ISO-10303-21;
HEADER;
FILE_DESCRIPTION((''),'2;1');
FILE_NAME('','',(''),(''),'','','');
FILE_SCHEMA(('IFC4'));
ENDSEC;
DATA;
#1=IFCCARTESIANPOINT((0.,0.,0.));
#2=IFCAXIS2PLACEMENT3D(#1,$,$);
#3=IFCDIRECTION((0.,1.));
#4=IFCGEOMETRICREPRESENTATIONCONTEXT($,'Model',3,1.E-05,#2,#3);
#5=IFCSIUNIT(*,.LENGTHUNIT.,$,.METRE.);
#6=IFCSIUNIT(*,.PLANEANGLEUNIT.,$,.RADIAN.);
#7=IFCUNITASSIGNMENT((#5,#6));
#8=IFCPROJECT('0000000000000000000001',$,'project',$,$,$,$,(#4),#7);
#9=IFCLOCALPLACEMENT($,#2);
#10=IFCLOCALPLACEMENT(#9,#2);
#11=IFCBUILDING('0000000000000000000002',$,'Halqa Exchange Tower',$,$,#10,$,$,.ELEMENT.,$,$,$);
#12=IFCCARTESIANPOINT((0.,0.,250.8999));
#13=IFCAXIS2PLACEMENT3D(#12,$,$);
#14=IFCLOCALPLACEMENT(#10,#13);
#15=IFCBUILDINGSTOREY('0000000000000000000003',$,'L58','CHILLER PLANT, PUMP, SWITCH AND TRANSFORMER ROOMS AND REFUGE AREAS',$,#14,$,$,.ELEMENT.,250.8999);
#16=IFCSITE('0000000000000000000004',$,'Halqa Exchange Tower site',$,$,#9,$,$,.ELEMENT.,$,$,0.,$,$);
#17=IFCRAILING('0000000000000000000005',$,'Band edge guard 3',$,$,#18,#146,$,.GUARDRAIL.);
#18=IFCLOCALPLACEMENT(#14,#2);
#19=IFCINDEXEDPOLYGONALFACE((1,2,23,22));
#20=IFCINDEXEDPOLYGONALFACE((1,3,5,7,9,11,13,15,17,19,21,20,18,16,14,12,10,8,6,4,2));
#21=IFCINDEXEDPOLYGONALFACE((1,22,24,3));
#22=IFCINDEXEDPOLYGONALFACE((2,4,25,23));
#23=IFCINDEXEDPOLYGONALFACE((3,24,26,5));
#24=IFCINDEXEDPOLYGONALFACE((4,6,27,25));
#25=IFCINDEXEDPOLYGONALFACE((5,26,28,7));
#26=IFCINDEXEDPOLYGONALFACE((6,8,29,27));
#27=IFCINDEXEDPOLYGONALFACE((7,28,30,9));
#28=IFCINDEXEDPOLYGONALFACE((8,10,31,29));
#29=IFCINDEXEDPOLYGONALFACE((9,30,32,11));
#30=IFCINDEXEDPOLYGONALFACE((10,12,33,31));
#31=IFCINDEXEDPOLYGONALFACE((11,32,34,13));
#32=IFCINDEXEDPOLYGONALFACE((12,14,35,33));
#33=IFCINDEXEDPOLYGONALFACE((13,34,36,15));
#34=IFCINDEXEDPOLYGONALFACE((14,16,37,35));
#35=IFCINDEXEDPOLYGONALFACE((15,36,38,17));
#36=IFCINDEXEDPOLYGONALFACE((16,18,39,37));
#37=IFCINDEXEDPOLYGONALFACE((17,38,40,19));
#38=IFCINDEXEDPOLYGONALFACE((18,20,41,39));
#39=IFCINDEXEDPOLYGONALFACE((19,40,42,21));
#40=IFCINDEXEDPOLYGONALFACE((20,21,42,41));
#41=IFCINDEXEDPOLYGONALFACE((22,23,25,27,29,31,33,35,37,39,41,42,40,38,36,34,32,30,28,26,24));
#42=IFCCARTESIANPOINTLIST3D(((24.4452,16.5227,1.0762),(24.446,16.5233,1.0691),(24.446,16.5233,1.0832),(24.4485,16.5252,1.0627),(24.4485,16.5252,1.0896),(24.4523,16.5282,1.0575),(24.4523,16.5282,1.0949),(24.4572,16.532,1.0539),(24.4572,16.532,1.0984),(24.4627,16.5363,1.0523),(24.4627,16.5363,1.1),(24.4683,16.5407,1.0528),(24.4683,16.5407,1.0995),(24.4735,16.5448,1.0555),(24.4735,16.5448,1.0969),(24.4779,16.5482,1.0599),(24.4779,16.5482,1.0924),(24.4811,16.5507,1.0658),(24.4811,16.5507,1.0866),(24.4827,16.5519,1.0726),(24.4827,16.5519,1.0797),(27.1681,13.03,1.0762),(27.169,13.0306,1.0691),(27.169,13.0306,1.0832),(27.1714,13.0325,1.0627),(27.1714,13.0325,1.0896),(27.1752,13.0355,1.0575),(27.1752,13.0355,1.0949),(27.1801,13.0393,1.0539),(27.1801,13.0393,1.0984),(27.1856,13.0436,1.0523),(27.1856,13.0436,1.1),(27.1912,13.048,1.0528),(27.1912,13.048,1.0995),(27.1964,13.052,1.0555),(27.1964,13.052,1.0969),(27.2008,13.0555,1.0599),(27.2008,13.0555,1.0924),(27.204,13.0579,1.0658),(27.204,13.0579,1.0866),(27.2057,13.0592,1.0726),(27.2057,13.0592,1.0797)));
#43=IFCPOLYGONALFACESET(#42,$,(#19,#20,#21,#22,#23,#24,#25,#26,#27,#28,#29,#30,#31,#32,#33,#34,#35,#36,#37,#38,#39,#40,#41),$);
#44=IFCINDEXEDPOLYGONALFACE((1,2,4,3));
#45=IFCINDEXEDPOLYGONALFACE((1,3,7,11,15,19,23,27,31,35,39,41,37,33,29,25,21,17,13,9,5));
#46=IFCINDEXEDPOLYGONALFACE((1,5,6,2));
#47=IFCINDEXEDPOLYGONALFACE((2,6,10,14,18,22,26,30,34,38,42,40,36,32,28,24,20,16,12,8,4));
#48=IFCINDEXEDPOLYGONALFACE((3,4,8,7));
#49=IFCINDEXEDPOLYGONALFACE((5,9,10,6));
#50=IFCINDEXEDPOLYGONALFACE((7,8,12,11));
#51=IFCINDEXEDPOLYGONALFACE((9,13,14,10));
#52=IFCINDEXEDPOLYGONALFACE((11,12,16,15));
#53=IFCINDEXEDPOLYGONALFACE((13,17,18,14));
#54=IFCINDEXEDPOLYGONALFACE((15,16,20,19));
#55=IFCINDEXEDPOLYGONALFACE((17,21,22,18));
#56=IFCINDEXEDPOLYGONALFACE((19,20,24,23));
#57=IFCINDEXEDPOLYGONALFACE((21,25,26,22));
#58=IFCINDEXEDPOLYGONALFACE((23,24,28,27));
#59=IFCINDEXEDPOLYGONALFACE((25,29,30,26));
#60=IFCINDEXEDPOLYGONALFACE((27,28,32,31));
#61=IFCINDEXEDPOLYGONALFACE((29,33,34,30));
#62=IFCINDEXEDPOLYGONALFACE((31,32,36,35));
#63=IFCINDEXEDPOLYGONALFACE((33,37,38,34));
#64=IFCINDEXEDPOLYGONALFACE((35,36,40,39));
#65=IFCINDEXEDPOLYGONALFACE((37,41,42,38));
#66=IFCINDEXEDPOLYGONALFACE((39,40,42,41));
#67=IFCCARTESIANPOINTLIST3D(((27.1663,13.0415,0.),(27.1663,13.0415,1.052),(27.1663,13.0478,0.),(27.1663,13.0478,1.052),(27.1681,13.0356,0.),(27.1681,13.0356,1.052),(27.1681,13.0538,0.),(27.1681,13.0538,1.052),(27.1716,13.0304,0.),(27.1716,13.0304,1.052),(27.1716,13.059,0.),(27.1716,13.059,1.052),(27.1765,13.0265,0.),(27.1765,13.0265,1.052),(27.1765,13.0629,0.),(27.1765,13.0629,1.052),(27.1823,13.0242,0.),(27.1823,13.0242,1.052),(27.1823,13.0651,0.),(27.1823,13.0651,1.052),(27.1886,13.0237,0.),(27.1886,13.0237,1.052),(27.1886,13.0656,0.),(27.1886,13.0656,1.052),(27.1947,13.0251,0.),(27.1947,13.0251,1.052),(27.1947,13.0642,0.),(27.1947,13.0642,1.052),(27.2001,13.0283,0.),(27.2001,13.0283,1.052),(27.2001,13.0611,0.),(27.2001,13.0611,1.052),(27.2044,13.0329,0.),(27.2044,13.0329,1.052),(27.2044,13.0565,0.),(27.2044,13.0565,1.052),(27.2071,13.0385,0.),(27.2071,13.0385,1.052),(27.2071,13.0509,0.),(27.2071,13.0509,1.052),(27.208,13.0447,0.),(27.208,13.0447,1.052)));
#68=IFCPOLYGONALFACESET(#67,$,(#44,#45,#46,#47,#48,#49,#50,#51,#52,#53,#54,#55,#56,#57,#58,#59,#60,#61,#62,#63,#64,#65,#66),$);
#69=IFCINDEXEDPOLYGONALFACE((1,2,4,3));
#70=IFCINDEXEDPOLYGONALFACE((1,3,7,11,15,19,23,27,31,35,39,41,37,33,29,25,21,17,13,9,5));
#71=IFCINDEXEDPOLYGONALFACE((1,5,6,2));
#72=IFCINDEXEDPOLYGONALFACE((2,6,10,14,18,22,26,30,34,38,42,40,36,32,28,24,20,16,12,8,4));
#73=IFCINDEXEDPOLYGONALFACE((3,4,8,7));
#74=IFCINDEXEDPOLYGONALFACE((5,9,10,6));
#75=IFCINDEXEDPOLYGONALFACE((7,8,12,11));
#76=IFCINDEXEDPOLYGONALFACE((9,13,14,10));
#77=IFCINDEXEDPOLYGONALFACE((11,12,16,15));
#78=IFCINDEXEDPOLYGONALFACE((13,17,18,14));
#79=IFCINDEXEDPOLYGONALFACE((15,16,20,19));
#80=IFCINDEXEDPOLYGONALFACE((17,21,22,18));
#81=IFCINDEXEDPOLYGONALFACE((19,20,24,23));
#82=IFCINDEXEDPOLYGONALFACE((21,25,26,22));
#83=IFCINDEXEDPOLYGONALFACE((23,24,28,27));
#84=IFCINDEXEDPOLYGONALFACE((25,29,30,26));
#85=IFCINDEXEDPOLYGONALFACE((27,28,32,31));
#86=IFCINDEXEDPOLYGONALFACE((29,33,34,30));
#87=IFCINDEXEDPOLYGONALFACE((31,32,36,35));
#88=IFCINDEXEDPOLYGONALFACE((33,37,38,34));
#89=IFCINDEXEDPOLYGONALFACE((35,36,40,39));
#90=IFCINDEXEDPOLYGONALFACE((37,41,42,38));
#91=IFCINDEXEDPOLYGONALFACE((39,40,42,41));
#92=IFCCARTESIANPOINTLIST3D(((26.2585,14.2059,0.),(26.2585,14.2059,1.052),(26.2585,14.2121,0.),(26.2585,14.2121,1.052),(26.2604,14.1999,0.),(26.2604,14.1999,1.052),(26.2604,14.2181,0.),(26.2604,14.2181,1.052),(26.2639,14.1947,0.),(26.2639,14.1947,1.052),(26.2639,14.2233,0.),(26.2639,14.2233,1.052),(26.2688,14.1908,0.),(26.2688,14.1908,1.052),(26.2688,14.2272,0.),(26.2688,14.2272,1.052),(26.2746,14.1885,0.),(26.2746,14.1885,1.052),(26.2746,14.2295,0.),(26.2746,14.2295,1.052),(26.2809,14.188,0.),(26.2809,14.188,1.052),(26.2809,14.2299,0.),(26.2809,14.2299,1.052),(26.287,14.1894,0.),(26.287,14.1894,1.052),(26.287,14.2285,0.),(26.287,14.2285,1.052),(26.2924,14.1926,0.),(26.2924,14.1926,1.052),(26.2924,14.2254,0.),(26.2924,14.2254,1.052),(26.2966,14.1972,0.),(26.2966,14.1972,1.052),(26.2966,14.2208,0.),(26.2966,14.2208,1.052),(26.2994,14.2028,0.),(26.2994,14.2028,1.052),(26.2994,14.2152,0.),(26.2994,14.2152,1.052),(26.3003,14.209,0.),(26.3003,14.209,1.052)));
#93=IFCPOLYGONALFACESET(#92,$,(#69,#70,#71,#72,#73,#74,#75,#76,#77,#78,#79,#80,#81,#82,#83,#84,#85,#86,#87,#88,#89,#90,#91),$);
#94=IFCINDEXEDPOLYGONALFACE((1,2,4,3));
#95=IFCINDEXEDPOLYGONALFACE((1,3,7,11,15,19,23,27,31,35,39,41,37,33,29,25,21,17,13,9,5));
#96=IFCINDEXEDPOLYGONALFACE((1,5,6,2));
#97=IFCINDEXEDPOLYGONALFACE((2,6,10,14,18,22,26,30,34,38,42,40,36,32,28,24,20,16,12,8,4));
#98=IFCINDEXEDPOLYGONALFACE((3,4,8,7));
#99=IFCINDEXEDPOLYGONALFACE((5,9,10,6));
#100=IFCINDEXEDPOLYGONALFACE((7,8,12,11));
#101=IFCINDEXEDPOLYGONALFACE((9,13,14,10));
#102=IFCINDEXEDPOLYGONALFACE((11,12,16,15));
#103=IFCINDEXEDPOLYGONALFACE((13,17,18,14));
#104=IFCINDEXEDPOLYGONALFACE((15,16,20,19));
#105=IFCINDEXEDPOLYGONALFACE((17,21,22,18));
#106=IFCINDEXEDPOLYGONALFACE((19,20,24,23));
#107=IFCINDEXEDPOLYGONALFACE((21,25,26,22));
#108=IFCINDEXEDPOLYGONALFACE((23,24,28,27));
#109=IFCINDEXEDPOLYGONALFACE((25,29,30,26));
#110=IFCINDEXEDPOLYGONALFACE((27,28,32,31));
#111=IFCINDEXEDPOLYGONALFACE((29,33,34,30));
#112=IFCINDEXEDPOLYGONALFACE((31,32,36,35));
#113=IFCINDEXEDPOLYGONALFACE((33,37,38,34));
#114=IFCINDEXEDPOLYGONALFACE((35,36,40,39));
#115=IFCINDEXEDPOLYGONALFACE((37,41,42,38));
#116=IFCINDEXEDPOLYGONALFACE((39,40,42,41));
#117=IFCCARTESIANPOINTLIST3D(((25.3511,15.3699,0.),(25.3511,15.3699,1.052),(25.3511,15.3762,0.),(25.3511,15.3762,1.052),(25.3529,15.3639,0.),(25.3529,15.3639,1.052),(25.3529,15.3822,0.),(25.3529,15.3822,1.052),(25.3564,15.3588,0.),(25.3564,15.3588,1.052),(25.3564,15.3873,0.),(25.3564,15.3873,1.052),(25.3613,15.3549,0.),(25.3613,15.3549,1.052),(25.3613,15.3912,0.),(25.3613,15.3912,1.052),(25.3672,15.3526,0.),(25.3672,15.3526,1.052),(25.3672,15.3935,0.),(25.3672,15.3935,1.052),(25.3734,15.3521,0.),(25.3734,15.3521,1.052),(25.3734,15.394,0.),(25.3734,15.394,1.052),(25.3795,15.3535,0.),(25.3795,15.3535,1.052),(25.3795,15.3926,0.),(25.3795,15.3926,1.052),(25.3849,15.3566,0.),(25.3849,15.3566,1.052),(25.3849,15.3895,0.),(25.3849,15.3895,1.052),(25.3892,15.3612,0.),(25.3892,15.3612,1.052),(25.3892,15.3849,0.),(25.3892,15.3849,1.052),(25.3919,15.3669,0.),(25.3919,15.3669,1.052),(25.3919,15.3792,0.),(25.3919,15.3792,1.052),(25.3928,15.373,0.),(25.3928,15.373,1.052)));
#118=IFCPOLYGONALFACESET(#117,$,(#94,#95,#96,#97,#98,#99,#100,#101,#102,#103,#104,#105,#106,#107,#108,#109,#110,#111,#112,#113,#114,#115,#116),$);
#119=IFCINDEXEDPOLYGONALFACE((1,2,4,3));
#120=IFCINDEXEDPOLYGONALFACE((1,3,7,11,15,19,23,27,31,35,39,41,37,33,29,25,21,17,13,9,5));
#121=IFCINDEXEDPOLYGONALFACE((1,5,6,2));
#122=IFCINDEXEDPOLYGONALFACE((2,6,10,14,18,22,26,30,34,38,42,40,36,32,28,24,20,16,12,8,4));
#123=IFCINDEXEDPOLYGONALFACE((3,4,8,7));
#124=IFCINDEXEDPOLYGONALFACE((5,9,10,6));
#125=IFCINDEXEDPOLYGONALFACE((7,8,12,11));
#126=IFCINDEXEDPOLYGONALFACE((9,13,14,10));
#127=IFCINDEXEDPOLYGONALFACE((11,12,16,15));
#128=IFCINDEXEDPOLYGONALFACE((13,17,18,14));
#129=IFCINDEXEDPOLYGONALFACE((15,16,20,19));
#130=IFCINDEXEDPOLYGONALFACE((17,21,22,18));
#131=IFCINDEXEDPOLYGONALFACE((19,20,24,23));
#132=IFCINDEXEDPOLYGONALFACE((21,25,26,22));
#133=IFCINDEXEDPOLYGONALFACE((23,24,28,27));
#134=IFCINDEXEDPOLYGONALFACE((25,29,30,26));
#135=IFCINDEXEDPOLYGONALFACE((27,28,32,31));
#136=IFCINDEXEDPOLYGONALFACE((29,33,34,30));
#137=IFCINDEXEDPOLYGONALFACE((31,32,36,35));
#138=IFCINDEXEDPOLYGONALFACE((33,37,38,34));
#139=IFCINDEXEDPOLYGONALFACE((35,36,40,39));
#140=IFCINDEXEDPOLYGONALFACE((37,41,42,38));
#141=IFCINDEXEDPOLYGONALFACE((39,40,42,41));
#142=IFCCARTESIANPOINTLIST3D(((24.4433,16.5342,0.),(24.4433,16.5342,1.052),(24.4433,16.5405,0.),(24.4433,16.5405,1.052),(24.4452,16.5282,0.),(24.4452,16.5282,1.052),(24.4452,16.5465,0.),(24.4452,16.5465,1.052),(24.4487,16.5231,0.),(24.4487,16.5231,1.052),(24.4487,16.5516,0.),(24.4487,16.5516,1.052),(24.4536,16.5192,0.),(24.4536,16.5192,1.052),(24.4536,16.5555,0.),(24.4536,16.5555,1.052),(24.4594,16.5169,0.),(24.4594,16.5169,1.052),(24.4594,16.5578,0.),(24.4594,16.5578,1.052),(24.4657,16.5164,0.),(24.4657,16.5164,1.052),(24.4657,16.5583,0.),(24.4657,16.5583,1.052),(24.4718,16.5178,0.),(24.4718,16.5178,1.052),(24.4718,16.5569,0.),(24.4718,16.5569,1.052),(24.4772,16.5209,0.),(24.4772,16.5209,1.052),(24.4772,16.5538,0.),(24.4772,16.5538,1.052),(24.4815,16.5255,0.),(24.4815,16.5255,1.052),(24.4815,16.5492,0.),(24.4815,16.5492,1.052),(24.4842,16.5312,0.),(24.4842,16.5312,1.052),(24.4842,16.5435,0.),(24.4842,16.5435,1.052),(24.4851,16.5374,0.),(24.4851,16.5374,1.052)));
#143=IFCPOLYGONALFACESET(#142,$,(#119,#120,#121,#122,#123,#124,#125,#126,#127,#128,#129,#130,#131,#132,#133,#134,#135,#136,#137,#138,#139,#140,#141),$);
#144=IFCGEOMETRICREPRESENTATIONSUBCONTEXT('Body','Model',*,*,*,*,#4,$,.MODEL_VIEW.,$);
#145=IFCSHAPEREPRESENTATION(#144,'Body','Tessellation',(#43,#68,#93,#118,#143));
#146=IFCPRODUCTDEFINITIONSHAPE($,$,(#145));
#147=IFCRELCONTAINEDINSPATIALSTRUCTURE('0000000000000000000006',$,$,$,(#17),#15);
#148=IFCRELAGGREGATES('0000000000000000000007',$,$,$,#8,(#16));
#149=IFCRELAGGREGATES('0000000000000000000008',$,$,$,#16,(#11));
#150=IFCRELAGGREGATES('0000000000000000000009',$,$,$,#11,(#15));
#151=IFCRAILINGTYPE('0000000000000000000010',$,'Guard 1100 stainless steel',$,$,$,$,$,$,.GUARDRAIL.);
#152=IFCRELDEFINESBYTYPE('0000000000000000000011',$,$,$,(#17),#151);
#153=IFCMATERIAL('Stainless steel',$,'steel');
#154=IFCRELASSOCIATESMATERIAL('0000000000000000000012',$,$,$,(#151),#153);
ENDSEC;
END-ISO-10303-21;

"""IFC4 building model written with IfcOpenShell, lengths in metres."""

from ifc_helpers import new_model, si_unit, direction, frame, origin, origin_2d, place, context, subcontext, project, spatial, circle, extrude, material, type_object, element, save


model = new_model("IFC4")

# Units and contexts
model_context = context("Model", 3, precision=1e-05, world=origin(), true_north=direction((0.0, 1.0)))
body_context = subcontext(model_context, "Body", "Model", "MODEL_VIEW")
ifc_project = project(units=[si_unit("LENGTHUNIT", "METRE"), si_unit("PLANEANGLEUNIT", "RADIAN")], contexts=[model_context])

# Site, building, storey
site_placement = place(None, origin())
site = spatial("IfcSite", under=ifc_project, at=site_placement, Name="Halqa Exchange Tower site", CompositionType="ELEMENT", RefElevation=0.0)
building_placement = place(site_placement, origin())
building = spatial("IfcBuilding", under=site, at=building_placement, Name="Halqa Exchange Tower", CompositionType="ELEMENT")
storey_placement = place(building_placement, frame((0.0, 0.0, 250.8999)))
storey = spatial("IfcBuildingStorey", under=building, at=storey_placement, Name="L58", Description="CHILLER PLANT, PUMP, SWITCH AND TRANSFORMER ROOMS AND REFUGE AREAS", CompositionType="ELEMENT", Elevation=250.8999)

# Railing
ifc_material_1 = material(Name="Stainless steel", Category="steel")
railing_type = type_object("IfcRailingType", Name="Guard 1100 stainless steel", PredefinedType="GUARDRAIL", material=ifc_material_1)
railing_1_placement = place(storey_placement, frame((27.187, 13.0447, 0.0)))
element("IfcRailing", 1, at=railing_1_placement, inside=storey, type_object=railing_type, Name="Band edge guard 3", PredefinedType="GUARDRAIL", context=body_context, shape_type="SweptSolid", body=[
    extrude(circle(Radius=0.0239, at=origin_2d()), frame((0.0, 0.0, 1.0762), z_axis=(-0.614837, 0.788654, 0.0), x_axis=(-0.788654, -0.614837, 0.0)), (0.0, 0.0, 1.0), 4.4287),
    extrude(circle(Radius=0.021, at=origin_2d()), origin(), (0.0, 0.0, 1.0), 1.052),
    extrude(circle(Radius=0.021, at=origin_2d()), frame((-0.9077, 1.1643, 0.0)), (0.0, 0.0, 1.0), 1.052),
    extrude(circle(Radius=0.021, at=origin_2d()), frame((-1.8152, 2.3284, 0.0)), (0.0, 0.0, 1.0), 1.052),
    extrude(circle(Radius=0.021, at=origin_2d()), frame((-2.7229, 3.4927, 0.0)), (0.0, 0.0, 1.0), 1.052),
])

save(model, "model.ifc")
